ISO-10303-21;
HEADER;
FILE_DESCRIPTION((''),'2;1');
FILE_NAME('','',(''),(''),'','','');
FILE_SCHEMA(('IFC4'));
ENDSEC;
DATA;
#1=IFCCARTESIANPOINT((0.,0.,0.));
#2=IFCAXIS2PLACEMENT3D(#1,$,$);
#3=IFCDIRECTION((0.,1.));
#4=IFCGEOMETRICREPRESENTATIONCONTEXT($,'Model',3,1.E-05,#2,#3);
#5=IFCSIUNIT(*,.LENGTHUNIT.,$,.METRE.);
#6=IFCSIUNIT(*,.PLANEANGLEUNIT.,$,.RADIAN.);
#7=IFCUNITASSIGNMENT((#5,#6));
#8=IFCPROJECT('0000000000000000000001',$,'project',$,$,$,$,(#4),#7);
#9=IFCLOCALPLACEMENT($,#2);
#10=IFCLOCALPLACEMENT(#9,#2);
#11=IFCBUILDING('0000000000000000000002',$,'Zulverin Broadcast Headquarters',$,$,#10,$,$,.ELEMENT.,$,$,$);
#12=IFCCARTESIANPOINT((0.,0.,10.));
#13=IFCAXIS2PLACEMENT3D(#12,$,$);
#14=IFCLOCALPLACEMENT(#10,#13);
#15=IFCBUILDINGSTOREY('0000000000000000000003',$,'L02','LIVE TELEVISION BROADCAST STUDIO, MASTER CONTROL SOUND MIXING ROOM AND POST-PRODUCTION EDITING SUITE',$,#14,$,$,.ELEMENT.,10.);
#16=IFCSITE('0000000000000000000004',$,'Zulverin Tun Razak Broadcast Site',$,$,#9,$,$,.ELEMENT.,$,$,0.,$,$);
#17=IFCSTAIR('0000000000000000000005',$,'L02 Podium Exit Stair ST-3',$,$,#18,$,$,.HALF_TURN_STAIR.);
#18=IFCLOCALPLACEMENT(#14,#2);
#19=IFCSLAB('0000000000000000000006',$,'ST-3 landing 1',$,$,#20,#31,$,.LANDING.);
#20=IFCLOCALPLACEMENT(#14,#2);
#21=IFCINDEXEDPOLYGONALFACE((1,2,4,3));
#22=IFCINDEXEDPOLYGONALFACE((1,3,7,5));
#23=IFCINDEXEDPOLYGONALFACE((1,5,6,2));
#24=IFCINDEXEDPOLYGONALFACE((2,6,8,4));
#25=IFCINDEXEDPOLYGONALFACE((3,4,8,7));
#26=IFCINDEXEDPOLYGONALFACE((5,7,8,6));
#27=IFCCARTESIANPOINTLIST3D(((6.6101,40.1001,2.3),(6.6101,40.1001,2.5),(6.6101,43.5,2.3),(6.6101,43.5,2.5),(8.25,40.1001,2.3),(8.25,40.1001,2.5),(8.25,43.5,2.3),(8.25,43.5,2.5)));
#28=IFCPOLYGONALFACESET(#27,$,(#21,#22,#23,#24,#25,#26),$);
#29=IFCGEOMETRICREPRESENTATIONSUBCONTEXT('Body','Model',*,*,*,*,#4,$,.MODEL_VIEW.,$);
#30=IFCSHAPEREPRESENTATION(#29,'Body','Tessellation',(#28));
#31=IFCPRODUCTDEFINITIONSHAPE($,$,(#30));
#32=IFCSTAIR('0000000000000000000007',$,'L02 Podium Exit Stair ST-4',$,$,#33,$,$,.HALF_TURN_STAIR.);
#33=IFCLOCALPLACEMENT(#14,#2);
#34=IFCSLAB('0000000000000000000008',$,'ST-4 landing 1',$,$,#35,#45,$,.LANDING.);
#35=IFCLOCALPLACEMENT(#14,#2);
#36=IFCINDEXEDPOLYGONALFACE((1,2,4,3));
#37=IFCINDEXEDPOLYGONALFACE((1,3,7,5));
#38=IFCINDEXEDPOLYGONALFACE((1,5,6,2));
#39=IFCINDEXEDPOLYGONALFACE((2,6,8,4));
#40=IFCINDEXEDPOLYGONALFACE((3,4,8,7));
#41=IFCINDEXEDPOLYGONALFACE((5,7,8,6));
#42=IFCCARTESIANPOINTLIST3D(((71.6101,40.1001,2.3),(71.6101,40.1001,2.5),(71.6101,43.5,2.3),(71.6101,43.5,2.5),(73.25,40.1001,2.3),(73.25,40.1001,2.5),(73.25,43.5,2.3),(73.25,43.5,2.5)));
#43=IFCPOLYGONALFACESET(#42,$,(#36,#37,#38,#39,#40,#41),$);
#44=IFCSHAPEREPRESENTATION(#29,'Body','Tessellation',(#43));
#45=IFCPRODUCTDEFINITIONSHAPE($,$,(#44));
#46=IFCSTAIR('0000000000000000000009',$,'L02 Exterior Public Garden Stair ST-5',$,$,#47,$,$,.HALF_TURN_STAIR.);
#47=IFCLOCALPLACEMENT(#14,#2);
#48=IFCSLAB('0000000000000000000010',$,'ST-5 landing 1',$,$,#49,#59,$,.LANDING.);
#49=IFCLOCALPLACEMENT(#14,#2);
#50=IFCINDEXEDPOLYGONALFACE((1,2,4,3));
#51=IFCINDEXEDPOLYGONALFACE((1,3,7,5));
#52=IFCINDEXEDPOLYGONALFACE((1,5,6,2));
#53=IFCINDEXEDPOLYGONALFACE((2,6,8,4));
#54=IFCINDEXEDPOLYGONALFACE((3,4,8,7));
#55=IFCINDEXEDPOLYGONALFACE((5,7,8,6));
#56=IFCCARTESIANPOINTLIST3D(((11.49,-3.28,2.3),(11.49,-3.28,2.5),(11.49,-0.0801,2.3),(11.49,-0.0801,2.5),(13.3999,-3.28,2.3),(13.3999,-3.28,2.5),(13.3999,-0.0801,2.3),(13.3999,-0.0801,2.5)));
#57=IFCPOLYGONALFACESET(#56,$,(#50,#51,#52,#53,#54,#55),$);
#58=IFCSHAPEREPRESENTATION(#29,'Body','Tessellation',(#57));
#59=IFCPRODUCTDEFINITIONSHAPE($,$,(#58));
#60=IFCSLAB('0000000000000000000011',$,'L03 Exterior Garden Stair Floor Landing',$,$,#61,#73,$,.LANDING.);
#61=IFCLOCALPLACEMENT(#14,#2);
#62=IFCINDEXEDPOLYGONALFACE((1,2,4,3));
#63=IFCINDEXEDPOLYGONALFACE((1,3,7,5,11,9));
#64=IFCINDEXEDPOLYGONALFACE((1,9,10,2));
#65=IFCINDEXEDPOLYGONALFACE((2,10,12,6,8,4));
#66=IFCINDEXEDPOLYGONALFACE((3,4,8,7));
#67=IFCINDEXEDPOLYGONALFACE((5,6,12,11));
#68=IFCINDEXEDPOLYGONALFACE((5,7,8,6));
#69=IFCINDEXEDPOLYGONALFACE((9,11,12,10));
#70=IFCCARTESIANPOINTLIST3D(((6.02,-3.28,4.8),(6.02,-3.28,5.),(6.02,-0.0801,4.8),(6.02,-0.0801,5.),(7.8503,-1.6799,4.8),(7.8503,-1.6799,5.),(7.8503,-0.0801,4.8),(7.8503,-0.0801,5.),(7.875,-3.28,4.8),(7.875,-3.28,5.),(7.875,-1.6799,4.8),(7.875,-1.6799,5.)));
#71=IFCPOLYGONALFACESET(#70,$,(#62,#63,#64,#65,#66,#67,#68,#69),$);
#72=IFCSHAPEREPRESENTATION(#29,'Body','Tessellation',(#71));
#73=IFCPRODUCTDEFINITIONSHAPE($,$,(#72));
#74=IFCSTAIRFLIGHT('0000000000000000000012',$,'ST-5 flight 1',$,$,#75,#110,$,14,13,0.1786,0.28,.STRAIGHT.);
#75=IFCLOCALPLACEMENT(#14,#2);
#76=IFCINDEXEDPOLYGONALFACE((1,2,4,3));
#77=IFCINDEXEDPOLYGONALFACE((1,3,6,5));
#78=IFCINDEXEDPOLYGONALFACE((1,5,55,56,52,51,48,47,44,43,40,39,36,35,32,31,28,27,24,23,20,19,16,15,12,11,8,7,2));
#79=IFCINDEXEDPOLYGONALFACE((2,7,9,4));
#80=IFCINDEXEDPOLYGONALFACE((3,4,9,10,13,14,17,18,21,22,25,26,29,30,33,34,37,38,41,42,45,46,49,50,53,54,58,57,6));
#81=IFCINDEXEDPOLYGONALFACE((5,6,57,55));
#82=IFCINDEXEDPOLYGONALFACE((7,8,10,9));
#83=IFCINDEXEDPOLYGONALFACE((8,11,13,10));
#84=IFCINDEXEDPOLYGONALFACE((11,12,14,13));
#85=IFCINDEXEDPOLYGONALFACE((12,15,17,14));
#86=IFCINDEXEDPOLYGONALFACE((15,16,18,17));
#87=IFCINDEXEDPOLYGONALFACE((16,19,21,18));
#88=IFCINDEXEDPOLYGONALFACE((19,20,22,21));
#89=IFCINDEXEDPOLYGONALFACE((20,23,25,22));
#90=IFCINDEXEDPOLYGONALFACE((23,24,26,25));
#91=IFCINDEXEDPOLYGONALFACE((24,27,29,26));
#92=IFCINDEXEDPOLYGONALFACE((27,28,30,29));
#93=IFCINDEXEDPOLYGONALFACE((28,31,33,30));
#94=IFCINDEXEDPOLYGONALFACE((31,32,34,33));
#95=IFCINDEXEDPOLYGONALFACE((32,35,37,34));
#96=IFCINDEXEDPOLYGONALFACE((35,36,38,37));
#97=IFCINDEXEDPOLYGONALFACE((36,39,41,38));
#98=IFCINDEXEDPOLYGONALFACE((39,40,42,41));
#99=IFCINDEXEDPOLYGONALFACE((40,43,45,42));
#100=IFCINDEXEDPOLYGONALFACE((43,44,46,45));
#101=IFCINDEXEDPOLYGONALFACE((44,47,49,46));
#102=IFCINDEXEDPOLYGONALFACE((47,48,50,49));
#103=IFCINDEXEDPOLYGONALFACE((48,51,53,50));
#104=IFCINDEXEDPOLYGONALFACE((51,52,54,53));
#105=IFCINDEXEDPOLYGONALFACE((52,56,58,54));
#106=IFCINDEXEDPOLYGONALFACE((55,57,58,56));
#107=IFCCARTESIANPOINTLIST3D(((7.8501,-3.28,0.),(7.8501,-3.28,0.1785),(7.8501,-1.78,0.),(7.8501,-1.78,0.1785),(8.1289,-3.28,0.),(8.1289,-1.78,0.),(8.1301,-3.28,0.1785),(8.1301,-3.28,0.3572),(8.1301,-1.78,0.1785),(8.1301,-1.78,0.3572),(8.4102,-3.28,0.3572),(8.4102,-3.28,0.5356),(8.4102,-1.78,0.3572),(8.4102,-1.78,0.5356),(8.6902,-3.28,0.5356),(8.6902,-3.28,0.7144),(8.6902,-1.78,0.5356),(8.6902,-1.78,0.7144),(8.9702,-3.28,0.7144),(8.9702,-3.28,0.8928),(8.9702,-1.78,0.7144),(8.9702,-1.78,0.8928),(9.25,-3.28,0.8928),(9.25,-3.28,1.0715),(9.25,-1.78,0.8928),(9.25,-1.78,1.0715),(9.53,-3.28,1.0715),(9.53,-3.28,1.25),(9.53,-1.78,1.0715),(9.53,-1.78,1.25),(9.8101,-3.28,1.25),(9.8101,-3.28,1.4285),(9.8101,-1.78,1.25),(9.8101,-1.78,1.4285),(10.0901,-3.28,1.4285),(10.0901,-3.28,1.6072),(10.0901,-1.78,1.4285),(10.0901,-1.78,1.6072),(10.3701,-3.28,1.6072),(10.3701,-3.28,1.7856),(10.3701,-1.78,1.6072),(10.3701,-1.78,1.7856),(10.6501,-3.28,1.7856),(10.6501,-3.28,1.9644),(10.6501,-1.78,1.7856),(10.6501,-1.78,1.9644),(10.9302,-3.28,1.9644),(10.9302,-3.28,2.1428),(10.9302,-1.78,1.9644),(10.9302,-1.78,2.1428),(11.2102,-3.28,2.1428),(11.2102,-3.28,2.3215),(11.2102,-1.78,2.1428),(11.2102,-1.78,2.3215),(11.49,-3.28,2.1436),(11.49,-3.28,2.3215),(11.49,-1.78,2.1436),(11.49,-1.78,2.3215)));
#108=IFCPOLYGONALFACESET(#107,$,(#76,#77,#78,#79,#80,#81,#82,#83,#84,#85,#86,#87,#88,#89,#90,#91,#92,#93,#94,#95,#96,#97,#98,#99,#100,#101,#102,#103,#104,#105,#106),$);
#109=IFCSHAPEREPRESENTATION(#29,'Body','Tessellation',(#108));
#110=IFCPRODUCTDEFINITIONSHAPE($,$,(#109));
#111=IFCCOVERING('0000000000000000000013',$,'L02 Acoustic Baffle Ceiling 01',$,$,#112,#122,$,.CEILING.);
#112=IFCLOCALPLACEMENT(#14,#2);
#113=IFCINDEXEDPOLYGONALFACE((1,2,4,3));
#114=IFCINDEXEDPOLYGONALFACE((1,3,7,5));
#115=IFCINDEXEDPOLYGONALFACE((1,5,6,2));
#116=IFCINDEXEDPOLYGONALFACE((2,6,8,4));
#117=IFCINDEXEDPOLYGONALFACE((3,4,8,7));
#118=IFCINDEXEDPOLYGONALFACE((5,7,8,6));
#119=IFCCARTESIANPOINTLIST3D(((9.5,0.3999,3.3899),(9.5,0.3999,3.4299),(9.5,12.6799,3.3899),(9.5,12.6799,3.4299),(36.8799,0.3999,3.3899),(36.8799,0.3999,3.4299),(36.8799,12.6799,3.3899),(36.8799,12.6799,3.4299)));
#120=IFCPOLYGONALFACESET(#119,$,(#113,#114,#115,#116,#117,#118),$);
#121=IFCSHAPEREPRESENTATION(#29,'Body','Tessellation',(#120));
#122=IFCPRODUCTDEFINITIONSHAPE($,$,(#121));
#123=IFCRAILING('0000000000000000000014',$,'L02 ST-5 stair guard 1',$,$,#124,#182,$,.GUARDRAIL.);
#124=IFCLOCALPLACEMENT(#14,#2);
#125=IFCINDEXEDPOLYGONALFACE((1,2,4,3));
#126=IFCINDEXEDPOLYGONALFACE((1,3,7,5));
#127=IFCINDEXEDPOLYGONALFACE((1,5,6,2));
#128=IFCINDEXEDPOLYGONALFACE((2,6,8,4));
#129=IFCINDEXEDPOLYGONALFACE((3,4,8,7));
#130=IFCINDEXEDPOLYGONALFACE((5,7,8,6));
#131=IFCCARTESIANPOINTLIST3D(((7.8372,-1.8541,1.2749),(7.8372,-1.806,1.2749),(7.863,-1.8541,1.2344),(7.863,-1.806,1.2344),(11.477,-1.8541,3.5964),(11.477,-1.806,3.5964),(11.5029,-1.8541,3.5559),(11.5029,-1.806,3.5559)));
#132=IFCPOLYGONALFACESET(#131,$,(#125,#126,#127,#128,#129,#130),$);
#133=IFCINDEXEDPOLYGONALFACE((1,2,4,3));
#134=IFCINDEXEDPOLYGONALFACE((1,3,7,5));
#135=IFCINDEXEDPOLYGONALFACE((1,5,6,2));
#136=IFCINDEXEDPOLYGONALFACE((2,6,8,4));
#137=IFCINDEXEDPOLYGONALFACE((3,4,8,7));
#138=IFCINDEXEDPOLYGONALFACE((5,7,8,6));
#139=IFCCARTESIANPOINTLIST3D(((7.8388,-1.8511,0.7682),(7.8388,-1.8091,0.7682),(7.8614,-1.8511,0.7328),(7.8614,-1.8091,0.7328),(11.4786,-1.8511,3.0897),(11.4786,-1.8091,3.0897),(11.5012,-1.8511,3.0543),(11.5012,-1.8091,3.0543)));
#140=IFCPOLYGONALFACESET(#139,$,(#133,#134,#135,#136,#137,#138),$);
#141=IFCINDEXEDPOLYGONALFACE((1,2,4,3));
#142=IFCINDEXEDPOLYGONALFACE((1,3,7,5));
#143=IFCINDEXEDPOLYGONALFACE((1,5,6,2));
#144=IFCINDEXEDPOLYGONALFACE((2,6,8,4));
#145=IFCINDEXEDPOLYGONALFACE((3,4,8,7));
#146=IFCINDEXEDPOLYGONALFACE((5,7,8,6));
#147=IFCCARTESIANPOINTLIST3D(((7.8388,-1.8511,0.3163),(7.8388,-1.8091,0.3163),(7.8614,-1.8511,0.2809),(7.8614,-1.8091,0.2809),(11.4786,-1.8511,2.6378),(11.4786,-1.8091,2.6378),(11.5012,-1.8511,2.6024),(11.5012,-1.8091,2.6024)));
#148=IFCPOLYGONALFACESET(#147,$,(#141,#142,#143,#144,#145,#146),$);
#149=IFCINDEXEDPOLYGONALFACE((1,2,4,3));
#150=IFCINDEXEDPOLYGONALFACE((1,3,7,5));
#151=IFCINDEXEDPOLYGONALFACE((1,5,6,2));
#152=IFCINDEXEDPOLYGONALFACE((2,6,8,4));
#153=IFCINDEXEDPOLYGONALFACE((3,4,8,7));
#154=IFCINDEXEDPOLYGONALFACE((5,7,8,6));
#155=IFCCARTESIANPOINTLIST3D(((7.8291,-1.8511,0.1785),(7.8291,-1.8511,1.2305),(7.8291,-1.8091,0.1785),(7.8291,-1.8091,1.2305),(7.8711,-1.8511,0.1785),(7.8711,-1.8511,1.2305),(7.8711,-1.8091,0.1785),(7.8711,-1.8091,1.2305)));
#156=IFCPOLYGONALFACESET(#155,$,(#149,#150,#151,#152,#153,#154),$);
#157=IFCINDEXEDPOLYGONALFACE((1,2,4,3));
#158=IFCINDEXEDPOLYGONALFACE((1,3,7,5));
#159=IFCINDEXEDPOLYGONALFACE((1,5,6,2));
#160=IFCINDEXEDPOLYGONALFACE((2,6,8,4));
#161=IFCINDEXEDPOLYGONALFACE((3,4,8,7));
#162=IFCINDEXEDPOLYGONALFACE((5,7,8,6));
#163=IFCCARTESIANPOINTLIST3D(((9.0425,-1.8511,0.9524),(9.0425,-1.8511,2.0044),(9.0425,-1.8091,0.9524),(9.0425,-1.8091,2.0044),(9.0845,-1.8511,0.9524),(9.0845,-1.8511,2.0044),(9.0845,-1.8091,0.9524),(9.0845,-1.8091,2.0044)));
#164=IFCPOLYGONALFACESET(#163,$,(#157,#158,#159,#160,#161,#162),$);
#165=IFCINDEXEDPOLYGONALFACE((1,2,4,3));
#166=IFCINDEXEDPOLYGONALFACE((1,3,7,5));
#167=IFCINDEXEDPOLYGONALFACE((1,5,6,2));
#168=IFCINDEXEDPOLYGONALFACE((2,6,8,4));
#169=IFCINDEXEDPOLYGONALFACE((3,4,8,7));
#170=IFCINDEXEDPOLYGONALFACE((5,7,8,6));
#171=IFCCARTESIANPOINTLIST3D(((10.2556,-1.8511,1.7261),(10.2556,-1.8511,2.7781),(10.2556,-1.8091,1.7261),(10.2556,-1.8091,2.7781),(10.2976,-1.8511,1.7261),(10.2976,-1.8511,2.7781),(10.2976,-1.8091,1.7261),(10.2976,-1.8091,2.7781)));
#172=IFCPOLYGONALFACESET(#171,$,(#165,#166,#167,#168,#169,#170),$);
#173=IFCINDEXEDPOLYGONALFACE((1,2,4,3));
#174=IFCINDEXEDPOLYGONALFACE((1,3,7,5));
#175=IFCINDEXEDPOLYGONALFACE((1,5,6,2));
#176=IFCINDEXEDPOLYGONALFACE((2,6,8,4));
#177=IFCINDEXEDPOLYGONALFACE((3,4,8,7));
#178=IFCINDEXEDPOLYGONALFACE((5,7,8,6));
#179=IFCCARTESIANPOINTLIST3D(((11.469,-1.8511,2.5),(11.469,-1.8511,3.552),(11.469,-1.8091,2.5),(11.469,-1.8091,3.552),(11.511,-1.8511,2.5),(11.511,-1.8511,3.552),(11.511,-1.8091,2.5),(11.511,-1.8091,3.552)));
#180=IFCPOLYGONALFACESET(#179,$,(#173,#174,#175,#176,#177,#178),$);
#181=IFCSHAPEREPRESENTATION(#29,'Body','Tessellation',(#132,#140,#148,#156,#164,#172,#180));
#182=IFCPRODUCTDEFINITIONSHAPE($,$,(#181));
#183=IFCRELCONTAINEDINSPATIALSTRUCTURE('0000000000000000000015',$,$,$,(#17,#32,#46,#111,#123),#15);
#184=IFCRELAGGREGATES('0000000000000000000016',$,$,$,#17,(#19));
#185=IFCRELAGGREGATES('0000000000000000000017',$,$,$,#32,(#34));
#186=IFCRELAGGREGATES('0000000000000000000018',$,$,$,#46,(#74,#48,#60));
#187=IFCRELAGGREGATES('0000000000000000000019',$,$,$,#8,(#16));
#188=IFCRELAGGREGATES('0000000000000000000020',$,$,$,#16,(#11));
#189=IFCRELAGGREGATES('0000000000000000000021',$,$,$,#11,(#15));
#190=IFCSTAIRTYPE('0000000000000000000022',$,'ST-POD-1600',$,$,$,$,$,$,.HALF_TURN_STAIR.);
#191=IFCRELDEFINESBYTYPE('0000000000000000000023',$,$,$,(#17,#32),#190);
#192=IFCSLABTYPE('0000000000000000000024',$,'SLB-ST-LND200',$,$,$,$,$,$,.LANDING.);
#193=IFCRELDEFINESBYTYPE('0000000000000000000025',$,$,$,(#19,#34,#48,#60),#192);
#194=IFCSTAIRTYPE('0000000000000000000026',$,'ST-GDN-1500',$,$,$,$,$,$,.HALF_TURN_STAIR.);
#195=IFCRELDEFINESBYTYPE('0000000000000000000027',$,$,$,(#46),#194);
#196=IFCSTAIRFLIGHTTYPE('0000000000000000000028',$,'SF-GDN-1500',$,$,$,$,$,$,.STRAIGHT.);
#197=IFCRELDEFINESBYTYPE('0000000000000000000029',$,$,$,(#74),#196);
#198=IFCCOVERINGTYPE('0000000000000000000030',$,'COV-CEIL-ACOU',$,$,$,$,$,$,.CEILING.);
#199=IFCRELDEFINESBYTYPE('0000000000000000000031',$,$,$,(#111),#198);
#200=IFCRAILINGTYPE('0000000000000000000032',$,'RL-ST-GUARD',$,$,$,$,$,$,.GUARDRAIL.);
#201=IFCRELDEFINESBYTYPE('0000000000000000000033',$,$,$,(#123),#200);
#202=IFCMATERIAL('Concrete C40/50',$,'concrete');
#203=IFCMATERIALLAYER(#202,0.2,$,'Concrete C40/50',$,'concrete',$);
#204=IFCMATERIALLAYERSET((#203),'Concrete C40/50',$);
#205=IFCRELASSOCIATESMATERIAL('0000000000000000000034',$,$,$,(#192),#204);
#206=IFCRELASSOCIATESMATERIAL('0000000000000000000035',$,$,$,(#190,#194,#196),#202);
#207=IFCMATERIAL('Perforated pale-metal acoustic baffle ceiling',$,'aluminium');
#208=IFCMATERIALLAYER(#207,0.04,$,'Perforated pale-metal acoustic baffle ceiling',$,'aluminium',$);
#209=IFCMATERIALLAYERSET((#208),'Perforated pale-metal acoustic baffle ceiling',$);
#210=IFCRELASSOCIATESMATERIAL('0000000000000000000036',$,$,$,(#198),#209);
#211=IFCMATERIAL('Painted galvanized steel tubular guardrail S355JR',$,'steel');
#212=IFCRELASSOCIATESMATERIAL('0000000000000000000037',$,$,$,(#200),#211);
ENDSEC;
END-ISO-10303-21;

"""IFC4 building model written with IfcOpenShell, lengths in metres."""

from ifc_helpers import new_model, si_unit, direction, frame, origin, origin_2d, place, context, subcontext, project, spatial, polyline, rectangle, outline, extrude, material, layer, layer_set, type_object, element, aggregate, save


model = new_model("IFC4")

# Units and contexts
model_context = context("Model", 3, precision=1e-05, world=origin(), true_north=direction((0.0, 1.0)))
body_context = subcontext(model_context, "Body", "Model", "MODEL_VIEW")
ifc_project = project(units=[si_unit("LENGTHUNIT", "METRE"), si_unit("PLANEANGLEUNIT", "RADIAN")], contexts=[model_context])

# Site, building, storey
site_placement = place(None, origin())
site = spatial("IfcSite", under=ifc_project, at=site_placement, Name="Zulverin Tun Razak Broadcast Site", CompositionType="ELEMENT", RefElevation=0.0)
building_placement = place(site_placement, origin())
building = spatial("IfcBuilding", under=site, at=building_placement, Name="Zulverin Broadcast Headquarters", CompositionType="ELEMENT")
storey_placement = place(building_placement, frame((0.0, 0.0, 10.0)))
storey = spatial("IfcBuildingStorey", under=building, at=storey_placement, Name="L02", Description="LIVE TELEVISION BROADCAST STUDIO, MASTER CONTROL SOUND MIXING ROOM AND POST-PRODUCTION EDITING SUITE", CompositionType="ELEMENT", Elevation=10.0)

# Shared definitions
ifc_material_1 = material(Name="Concrete C40/50", Category="concrete")

# Stairs, slabs
ifc_layer_1 = layer(ifc_material_1, 0.2, Name="Concrete C40/50", Category="concrete")
ifc_layer_set_1 = layer_set([ifc_layer_1], Name="Concrete C40/50")
slab_type_1 = type_object("IfcSlabType", Name="SLB-ST-LND200", PredefinedType="LANDING", material=ifc_layer_set_1)
stair_type_1 = type_object("IfcStairType", Name="ST-POD-1600", PredefinedType="HALF_TURN_STAIR", material=ifc_material_1)
stair_1_placement = place(storey_placement, origin())
stair_1 = element("IfcStair", 1, at=stair_1_placement, inside=storey, type_object=stair_type_1, Name="L02 Podium Exit Stair ST-3", PredefinedType="HALF_TURN_STAIR")
slab_1_placement = place(storey_placement, frame((0.0, 0.0, 2.3)))
slab_1 = element("IfcSlab", 2, at=slab_1_placement, type_object=slab_type_1, Name="ST-3 landing 1", PredefinedType="LANDING", context=body_context, shape_type="SweptSolid", body=[
    extrude(outline(polyline([(6.6101, 40.1001), (8.25, 40.1001), (8.25, 43.5), (6.6101, 43.5), (6.6101, 40.1001)])), origin(), (0.0, 0.0, 1.0), 0.2),
])
aggregate(stair_1, [slab_1])
stair_2_placement = place(storey_placement, origin())
stair_2 = element("IfcStair", 3, at=stair_2_placement, inside=storey, type_object=stair_type_1, Name="L02 Podium Exit Stair ST-4", PredefinedType="HALF_TURN_STAIR")
slab_2_placement = place(storey_placement, frame((0.0, 0.0, 2.3)))
slab_2 = element("IfcSlab", 4, at=slab_2_placement, type_object=slab_type_1, Name="ST-4 landing 1", PredefinedType="LANDING", context=body_context, shape_type="SweptSolid", body=[
    extrude(outline(polyline([(71.6101, 40.1001), (73.25, 40.1001), (73.25, 43.5), (71.6101, 43.5), (71.6101, 40.1001)])), origin(), (0.0, 0.0, 1.0), 0.2),
])
aggregate(stair_2, [slab_2])

# Stair, slabs, stair flight
stair_type_2 = type_object("IfcStairType", Name="ST-GDN-1500", PredefinedType="HALF_TURN_STAIR", material=ifc_material_1)
stair_3_placement = place(storey_placement, origin())
stair_3 = element("IfcStair", 5, at=stair_3_placement, inside=storey, type_object=stair_type_2, Name="L02 Exterior Public Garden Stair ST-5", PredefinedType="HALF_TURN_STAIR")
slab_3_placement = place(storey_placement, frame((0.0, 0.0, 2.3)))
slab_3 = element("IfcSlab", 6, at=slab_3_placement, type_object=slab_type_1, Name="ST-5 landing 1", PredefinedType="LANDING", context=body_context, shape_type="SweptSolid", body=[
    extrude(outline(polyline([(11.49, -3.28), (13.3999, -3.28), (13.3999, -0.0801), (11.49, -0.0801), (11.49, -3.28)])), origin(), (0.0, 0.0, 1.0), 0.2),
])
placement = place(building_placement, frame((0.0, 0.0, 15.0)))
slab_4_placement = place(placement, frame((0.0, 0.0, -0.2)))
slab_4 = element("IfcSlab", 7, at=slab_4_placement, type_object=slab_type_1, Name="L03 Exterior Garden Stair Floor Landing", PredefinedType="LANDING", context=body_context, shape_type="SweptSolid", body=[
    extrude(outline(polyline([(6.02, -3.28), (7.875, -3.28), (7.875, -1.6799), (7.8503, -1.6799), (7.8503, -0.0801), (6.02, -0.0801), (6.02, -3.28)])), origin(), (0.0, 0.0, 1.0), 0.2),
])
stair_flight_type = type_object("IfcStairFlightType", Name="SF-GDN-1500", PredefinedType="STRAIGHT", material=ifc_material_1)
stair_flight_placement = place(storey_placement, frame((7.8501, -2.53, 0.0), z_axis=(0.0, 0.0, 1.0), x_axis=(1.0, 0.0, 0.0)))
stair_flight = element("IfcStairFlight", 8, at=stair_flight_placement, type_object=stair_flight_type, Name="ST-5 flight 1", NumberOfRisers=14, NumberOfTreads=13, PredefinedType="STRAIGHT", RiserHeight=0.1786, TreadLength=0.28, context=body_context, shape_type="SweptSolid", body=[
    extrude(outline(polyline([(0.0, 0.0), (0.0, 0.1785), (0.28, 0.1785), (0.28, 0.3572), (0.5601, 0.3572), (0.5601, 0.5356), (0.8401, 0.5356), (0.8401, 0.7144), (1.1201, 0.7144), (1.1201, 0.8928), (1.3999, 0.8928), (1.3999, 1.0715), (1.6799, 1.0715), (1.6799, 1.25), (1.96, 1.25), (1.96, 1.4285), (2.24, 1.4285), (2.24, 1.6072), (2.52, 1.6072), (2.52, 1.7856), (2.8, 1.7856), (2.8, 1.9644), (3.0801, 1.9644), (3.0801, 2.1428), (3.3601, 2.1428), (3.3601, 2.3215), (3.6399, 2.3215), (3.6399, 2.5), (3.6399, 2.1436), (0.2788, 0.0), (0.0, 0.0)])), frame((0.0, 0.75, 0.0), z_axis=(0.0, -1.0, 0.0), x_axis=(1.0, 0.0, 0.0)), (0.0, 0.0, 1.0), 1.5),
])
aggregate(stair_3, [stair_flight, slab_3, slab_4])

# Covering
ifc_material_2 = material(Name="Perforated pale-metal acoustic baffle ceiling", Category="aluminium")
ifc_layer_2 = layer(ifc_material_2, 0.04, Name="Perforated pale-metal acoustic baffle ceiling", Category="aluminium")
ifc_layer_set_2 = layer_set([ifc_layer_2], Name="Perforated pale-metal acoustic baffle ceiling")
covering_type = type_object("IfcCoveringType", Name="COV-CEIL-ACOU", PredefinedType="CEILING", material=ifc_layer_set_2)
covering_placement = place(storey_placement, frame((0.0, 0.0, 3.3899)))
element("IfcCovering", 9, at=covering_placement, inside=storey, type_object=covering_type, Name="L02 Acoustic Baffle Ceiling 01", PredefinedType="CEILING", context=body_context, shape_type="SweptSolid", body=[
    extrude(outline(polyline([(36.8799, 0.3999), (36.8799, 12.6799), (9.5, 12.6799), (9.5, 0.3999), (36.8799, 0.3999)])), origin(), (0.0, 0.0, 1.0), 0.04),
])

# Railing
ifc_material_3 = material(Name="Painted galvanized steel tubular guardrail S355JR", Category="steel")
railing_type_1 = type_object("IfcRailingType", Name="RL-ST-GUARD", PredefinedType="GUARDRAIL", material=ifc_material_3)
railing_1_placement = place(storey_placement, frame((7.8501, -1.8301, 0.1785)))
element("IfcRailing", 10, at=railing_1_placement, inside=storey, type_object=railing_type_1, Name="L02 ST-5 stair guard 1", PredefinedType="GUARDRAIL", context=body_context, shape_type="SweptSolid", body=[
    extrude(rectangle(XDim=0.0481, YDim=0.0481, at=origin_2d()), frame((0.0, 0.0, 1.0762), z_axis=(0.843112, 0.0, 0.537739), x_axis=(0.0, 1.0, 0.0)), (0.0, 0.0, 1.0), 4.3171),
    extrude(rectangle(XDim=0.042, YDim=0.042, at=origin_2d()), frame((0.0, 0.0, 0.572), z_axis=(0.843112, 0.0, 0.537739), x_axis=(0.0, 1.0, 0.0)), (0.0, 0.0, 1.0), 4.3171),
    extrude(rectangle(XDim=0.042, YDim=0.042, at=origin_2d()), frame((0.0, 0.0, 0.1201), z_axis=(0.843112, 0.0, 0.537739), x_axis=(0.0, 1.0, 0.0)), (0.0, 0.0, 1.0), 4.3171),
    extrude(rectangle(XDim=0.042, YDim=0.042, at=origin_2d()), origin(), (0.0, 0.0, 1.0), 1.052),
    extrude(rectangle(XDim=0.042, YDim=0.042, at=origin_2d()), frame((1.2134, 0.0, 0.7739)), (0.0, 0.0, 1.0), 1.052),
    extrude(rectangle(XDim=0.042, YDim=0.042, at=origin_2d()), frame((2.4265, 0.0, 1.5476)), (0.0, 0.0, 1.0), 1.052),
    extrude(rectangle(XDim=0.042, YDim=0.042, at=origin_2d()), frame((3.6399, 0.0, 2.3215)), (0.0, 0.0, 1.0), 1.052),
])

save(model, "model.ifc")
